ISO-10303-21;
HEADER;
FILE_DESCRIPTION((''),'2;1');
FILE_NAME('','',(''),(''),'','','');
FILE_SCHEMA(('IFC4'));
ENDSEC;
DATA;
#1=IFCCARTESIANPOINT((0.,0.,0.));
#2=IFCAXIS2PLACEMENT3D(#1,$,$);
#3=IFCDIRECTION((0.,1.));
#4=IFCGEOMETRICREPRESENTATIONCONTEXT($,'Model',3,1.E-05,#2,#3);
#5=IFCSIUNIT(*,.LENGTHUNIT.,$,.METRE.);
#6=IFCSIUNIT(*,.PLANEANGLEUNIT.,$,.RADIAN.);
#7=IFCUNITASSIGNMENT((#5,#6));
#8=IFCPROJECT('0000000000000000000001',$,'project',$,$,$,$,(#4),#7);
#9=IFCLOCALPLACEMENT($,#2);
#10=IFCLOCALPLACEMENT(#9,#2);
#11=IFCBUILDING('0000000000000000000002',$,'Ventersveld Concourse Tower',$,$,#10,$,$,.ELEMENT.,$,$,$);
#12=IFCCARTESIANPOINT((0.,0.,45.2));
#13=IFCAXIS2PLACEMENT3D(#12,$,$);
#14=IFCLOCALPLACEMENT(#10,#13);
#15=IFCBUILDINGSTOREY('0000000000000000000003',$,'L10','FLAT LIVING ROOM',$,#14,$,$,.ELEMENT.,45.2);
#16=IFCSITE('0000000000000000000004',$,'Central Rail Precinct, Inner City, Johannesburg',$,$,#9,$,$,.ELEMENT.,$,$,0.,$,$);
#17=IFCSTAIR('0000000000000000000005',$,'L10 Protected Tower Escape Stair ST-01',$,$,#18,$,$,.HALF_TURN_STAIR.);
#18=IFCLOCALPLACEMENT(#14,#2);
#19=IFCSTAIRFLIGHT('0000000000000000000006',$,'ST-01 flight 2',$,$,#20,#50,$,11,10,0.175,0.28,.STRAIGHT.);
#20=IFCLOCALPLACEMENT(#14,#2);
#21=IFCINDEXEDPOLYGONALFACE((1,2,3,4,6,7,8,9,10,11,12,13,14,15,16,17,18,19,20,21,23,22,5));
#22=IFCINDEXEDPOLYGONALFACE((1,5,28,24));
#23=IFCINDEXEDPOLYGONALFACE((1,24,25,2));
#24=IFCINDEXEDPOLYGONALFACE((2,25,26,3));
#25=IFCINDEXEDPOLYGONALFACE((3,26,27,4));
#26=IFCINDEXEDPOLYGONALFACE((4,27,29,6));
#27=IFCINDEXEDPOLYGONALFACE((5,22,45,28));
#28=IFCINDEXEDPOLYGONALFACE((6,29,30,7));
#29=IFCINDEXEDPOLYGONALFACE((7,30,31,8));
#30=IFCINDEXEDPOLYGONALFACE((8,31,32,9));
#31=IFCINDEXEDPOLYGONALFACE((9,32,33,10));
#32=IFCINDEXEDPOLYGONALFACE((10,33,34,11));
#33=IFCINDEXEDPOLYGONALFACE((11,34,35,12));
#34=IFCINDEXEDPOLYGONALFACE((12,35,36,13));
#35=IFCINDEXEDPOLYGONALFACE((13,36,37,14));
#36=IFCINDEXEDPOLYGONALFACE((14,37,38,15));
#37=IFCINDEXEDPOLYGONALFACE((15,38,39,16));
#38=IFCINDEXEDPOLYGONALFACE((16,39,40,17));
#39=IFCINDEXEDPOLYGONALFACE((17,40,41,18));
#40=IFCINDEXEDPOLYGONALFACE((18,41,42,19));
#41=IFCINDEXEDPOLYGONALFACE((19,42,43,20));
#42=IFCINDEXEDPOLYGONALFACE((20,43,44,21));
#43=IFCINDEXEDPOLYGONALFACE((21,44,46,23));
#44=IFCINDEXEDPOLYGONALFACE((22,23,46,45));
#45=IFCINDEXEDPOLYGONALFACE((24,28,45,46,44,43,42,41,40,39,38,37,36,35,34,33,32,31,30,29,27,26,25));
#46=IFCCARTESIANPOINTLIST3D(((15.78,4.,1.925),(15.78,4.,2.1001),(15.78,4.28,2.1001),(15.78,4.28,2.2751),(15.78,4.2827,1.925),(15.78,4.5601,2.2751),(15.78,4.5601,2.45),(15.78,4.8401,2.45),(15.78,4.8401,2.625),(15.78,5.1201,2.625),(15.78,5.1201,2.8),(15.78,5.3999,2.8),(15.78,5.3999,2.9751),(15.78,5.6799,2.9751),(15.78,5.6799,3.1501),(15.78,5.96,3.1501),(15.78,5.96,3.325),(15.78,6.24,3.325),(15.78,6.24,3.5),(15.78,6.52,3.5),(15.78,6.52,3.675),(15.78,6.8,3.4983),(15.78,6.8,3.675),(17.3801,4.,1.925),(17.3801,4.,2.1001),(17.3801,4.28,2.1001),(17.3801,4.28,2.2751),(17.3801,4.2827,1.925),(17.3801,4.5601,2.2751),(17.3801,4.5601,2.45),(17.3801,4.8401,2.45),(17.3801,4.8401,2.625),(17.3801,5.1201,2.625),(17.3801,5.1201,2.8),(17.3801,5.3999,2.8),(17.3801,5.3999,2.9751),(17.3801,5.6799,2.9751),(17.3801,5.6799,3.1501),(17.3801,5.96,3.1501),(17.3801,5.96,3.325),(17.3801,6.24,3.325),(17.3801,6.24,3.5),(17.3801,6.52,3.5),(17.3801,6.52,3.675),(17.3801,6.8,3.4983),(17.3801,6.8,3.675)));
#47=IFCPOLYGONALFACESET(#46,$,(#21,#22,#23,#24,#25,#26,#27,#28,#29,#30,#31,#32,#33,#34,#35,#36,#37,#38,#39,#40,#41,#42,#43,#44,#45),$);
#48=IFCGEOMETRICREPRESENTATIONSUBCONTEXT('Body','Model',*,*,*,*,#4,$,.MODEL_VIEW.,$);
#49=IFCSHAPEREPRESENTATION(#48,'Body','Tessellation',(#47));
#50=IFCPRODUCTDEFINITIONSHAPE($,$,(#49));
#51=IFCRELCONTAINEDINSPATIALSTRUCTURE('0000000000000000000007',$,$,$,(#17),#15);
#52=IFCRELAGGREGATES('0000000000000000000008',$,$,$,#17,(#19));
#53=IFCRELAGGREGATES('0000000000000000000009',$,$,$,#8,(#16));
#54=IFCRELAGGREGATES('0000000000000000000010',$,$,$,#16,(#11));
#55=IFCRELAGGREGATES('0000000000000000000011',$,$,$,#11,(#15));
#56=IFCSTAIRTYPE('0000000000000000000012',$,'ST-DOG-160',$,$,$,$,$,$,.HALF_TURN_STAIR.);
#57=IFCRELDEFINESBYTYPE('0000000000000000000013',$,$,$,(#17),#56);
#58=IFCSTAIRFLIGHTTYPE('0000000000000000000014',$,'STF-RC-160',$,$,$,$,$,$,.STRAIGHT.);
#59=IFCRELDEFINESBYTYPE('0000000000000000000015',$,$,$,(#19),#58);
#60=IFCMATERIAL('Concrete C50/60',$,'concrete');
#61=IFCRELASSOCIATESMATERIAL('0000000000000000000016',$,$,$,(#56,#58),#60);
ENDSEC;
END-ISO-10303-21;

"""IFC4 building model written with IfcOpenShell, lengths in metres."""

from ifc_helpers import new_model, si_unit, direction, frame, origin, place, context, subcontext, project, spatial, polyline, outline, extrude, material, type_object, element, aggregate, save


model = new_model("IFC4")

# Units and contexts
model_context = context("Model", 3, precision=1e-05, world=origin(), true_north=direction((0.0, 1.0)))
body_context = subcontext(model_context, "Body", "Model", "MODEL_VIEW")
ifc_project = project(units=[si_unit("LENGTHUNIT", "METRE"), si_unit("PLANEANGLEUNIT", "RADIAN")], contexts=[model_context])

# Site, building, storey
site_placement = place(None, origin())
site = spatial("IfcSite", under=ifc_project, at=site_placement, Name="Central Rail Precinct, Inner City, Johannesburg", CompositionType="ELEMENT", RefElevation=0.0)
building_placement = place(site_placement, origin())
building = spatial("IfcBuilding", under=site, at=building_placement, Name="Ventersveld Concourse Tower", CompositionType="ELEMENT")
storey_placement = place(building_placement, frame((0.0, 0.0, 45.2)))
storey = spatial("IfcBuildingStorey", under=building, at=storey_placement, Name="L10", Description="FLAT LIVING ROOM", CompositionType="ELEMENT", Elevation=45.2)

# Shared definitions
ifc_material_1 = material(Name="Concrete C50/60", Category="concrete")

# Stair, stair flight
stair_type = type_object("IfcStairType", Name="ST-DOG-160", PredefinedType="HALF_TURN_STAIR", material=ifc_material_1)
stair_placement = place(storey_placement, origin())
stair = element("IfcStair", 1, at=stair_placement, inside=storey, type_object=stair_type, Name="L10 Protected Tower Escape Stair ST-01", PredefinedType="HALF_TURN_STAIR")
stair_flight_type = type_object("IfcStairFlightType", Name="STF-RC-160", PredefinedType="STRAIGHT", material=ifc_material_1)
stair_flight_placement = place(storey_placement, frame((16.5801, 4.0, 1.925), z_axis=(0.0, 0.0, 1.0), x_axis=(0.0, 1.0, 0.0)))
stair_flight = element("IfcStairFlight", 2, at=stair_flight_placement, type_object=stair_flight_type, Name="ST-01 flight 2", NumberOfRisers=11, NumberOfTreads=10, PredefinedType="STRAIGHT", RiserHeight=0.175, TreadLength=0.28, context=body_context, shape_type="SweptSolid", body=[
    extrude(outline(polyline([(0.0, 0.0), (0.0, 0.175), (0.28, 0.175), (0.28, 0.3501), (0.5601, 0.3501), (0.5601, 0.5249), (0.8401, 0.5249), (0.8401, 0.7), (1.1201, 0.7), (1.1201, 0.875), (1.3999, 0.875), (1.3999, 1.05), (1.6799, 1.05), (1.6799, 1.2251), (1.96, 1.2251), (1.96, 1.3999), (2.24, 1.3999), (2.24, 1.575), (2.52, 1.575), (2.52, 1.75), (2.8, 1.75), (2.8, 1.925), (2.8, 1.5732), (0.2827, 0.0), (0.0, 0.0)])), frame((0.0, 0.8, 0.0), z_axis=(0.0, -1.0, 0.0), x_axis=(1.0, 0.0, 0.0)), (0.0, 0.0, 1.0), 1.6001),
])
aggregate(stair, [stair_flight])

save(model, "model.ifc")
